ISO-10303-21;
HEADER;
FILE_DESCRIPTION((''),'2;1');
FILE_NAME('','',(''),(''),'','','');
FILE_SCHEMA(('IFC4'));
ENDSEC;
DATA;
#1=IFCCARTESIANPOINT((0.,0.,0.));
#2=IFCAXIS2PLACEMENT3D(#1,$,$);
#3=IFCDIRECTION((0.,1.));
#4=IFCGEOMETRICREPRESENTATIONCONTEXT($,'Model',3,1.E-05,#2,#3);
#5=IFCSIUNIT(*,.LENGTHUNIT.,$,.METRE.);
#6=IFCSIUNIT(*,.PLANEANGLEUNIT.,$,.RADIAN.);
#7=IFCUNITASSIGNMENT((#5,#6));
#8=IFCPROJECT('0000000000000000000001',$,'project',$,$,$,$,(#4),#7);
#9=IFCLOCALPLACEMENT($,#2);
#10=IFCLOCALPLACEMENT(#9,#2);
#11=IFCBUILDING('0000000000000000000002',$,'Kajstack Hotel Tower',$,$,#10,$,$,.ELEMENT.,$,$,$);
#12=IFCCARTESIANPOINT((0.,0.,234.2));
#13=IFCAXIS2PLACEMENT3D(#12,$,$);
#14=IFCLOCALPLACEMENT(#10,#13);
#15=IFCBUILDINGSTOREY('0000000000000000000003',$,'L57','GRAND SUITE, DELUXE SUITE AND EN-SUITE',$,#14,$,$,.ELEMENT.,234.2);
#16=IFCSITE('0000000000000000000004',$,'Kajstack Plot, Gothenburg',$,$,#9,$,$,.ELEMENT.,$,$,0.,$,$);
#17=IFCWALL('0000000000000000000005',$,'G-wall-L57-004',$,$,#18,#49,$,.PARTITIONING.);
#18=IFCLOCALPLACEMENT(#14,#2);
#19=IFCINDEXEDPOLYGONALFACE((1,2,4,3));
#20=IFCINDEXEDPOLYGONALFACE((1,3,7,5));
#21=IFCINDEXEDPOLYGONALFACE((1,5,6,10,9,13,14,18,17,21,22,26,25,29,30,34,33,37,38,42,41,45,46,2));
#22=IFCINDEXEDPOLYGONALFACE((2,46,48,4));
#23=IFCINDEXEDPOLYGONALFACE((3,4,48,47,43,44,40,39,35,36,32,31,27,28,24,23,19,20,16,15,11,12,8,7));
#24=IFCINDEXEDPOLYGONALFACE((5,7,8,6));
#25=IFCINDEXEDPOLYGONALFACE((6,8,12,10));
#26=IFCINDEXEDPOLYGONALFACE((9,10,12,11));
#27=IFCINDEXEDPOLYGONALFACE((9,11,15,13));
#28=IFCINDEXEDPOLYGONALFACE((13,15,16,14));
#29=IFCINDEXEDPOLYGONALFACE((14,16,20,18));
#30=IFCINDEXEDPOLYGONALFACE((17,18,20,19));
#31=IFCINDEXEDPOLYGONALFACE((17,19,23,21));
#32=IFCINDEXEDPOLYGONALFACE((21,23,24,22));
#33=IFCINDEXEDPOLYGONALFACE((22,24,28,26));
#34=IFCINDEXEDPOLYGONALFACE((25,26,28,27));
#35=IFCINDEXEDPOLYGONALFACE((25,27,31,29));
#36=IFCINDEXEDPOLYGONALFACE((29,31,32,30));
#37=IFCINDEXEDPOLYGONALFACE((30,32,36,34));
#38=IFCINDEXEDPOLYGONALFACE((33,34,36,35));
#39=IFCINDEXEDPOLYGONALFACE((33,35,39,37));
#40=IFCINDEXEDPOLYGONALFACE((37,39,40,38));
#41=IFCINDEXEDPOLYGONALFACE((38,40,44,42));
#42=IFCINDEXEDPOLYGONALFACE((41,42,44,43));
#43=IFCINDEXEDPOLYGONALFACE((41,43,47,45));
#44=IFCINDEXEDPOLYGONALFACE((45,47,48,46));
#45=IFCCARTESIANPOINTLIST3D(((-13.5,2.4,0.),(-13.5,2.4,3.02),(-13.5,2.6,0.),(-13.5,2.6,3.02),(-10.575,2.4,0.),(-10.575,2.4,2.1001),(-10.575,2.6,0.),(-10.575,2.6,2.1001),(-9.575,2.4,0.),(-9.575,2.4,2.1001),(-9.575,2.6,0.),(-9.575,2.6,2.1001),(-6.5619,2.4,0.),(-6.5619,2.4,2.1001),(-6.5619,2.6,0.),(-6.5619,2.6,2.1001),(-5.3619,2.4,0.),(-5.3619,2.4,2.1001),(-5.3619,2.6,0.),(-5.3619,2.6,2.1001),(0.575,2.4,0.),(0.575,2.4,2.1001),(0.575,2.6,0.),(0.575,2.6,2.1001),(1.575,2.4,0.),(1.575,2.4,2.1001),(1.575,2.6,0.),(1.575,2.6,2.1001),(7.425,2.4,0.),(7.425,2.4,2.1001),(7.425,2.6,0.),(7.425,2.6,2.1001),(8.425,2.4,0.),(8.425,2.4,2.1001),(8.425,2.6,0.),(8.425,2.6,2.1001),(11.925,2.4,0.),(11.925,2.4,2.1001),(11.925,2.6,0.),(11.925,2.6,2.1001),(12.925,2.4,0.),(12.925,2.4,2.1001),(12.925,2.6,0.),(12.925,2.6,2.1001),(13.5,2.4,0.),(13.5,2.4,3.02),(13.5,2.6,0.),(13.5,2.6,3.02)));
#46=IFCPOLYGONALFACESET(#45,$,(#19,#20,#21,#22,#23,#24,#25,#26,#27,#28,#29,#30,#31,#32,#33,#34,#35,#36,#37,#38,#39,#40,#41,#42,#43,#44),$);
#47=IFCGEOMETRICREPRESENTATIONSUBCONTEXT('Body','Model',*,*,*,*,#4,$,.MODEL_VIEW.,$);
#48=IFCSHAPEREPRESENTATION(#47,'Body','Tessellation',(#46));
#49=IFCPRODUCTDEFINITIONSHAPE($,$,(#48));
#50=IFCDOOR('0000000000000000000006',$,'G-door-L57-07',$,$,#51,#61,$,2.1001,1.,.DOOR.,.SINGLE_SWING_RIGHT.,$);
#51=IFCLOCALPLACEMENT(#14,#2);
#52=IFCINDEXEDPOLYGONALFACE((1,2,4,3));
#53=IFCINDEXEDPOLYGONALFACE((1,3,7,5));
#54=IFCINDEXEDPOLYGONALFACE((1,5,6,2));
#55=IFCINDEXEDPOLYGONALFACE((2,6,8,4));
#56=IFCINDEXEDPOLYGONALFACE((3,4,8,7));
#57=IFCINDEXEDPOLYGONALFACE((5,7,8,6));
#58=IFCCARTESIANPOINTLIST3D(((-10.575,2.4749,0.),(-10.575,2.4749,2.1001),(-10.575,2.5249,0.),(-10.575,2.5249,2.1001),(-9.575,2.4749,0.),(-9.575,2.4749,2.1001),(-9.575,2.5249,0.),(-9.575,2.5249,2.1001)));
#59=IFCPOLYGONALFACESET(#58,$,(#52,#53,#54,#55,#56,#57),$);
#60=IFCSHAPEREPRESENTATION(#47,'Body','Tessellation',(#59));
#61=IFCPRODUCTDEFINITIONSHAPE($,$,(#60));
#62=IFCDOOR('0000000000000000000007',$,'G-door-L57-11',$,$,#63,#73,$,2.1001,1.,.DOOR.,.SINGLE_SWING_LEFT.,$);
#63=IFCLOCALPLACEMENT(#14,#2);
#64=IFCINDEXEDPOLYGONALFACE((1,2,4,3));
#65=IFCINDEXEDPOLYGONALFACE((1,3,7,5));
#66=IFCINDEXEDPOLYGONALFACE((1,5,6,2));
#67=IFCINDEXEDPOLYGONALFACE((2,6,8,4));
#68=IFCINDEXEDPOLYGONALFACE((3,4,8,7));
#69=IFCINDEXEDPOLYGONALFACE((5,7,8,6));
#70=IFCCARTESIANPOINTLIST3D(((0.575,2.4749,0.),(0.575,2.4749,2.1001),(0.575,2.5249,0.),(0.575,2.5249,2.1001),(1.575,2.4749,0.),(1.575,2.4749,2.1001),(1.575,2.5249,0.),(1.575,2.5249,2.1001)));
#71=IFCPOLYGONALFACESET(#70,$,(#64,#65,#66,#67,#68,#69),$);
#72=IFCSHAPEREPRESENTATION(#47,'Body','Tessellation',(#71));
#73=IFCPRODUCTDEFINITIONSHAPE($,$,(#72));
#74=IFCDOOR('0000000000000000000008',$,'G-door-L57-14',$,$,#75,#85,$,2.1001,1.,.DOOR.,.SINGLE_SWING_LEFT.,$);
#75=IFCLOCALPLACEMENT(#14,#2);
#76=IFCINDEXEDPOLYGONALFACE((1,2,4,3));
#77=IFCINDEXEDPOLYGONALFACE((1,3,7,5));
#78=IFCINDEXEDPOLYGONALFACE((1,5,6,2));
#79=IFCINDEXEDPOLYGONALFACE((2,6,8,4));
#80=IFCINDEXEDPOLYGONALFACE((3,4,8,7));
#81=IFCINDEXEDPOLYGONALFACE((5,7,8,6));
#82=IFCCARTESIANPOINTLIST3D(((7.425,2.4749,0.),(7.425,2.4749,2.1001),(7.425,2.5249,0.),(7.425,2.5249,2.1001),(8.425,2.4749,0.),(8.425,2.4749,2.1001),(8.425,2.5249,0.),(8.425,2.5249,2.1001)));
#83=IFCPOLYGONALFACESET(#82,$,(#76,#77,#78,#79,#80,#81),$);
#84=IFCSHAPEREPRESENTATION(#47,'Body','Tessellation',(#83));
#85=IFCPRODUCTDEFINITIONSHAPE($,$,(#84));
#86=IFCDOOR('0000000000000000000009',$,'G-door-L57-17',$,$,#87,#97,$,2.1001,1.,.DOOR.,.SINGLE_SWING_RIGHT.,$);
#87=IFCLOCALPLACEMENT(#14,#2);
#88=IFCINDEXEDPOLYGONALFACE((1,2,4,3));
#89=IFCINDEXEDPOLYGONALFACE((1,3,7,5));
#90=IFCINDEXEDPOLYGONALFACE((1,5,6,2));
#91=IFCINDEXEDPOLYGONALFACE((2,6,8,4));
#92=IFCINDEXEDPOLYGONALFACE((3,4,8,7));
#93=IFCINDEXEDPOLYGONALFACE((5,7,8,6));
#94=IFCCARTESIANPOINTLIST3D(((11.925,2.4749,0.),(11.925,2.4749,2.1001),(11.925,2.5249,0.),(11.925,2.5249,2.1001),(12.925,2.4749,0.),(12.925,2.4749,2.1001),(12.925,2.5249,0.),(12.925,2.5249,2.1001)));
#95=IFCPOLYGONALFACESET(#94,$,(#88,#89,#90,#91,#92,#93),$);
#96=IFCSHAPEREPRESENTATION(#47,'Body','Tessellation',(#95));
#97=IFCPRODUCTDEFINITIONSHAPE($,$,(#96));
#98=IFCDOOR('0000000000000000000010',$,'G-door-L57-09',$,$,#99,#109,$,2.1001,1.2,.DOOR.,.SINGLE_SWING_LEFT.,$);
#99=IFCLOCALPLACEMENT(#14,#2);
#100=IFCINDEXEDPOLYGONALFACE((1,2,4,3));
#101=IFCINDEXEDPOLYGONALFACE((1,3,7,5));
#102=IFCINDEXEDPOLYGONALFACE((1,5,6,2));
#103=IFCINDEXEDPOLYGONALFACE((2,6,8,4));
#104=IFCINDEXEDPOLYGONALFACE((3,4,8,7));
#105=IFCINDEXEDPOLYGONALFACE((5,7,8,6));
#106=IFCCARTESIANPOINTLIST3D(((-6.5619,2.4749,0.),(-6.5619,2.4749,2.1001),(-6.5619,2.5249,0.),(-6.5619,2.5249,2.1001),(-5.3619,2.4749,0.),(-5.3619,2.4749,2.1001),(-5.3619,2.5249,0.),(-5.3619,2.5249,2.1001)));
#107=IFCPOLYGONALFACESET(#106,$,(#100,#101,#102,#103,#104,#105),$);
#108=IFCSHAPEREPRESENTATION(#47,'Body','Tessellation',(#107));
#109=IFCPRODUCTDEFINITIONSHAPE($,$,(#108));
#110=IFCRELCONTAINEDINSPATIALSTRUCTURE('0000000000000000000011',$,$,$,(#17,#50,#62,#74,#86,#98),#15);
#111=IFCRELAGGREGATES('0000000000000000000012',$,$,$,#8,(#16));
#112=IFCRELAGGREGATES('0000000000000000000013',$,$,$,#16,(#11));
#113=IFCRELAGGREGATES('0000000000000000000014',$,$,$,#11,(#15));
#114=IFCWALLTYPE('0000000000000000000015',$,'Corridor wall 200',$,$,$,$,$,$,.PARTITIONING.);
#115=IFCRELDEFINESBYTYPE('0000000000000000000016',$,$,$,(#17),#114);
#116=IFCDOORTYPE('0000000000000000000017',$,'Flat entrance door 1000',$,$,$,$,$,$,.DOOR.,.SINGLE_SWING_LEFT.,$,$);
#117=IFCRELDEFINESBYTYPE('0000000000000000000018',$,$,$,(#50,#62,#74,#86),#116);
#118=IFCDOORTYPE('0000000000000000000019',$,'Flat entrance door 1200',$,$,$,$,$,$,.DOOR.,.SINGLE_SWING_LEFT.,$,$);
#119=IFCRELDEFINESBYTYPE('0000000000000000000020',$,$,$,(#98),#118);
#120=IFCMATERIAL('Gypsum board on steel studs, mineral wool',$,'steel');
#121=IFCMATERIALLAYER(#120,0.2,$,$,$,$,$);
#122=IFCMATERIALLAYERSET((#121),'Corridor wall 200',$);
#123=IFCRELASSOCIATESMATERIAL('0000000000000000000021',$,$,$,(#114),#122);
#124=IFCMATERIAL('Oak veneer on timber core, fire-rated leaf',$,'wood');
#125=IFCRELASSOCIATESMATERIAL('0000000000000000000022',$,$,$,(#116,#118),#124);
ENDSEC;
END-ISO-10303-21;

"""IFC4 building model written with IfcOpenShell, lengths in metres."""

from ifc_helpers import new_model, si_unit, direction, frame, frame_2d, origin, place, context, subcontext, project, spatial, rectangle, extrude, material, layer, layer_set, type_object, element, fill, save


model = new_model("IFC4")

# Units and contexts
model_context = context("Model", 3, precision=1e-05, world=origin(), true_north=direction((0.0, 1.0)))
body_context = subcontext(model_context, "Body", "Model", "MODEL_VIEW")
ifc_project = project(units=[si_unit("LENGTHUNIT", "METRE"), si_unit("PLANEANGLEUNIT", "RADIAN")], contexts=[model_context])

# Site, building, storey
site_placement = place(None, origin())
site = spatial("IfcSite", under=ifc_project, at=site_placement, Name="Kajstack Plot, Gothenburg", CompositionType="ELEMENT", RefElevation=0.0)
building_placement = place(site_placement, origin())
building = spatial("IfcBuilding", under=site, at=building_placement, Name="Kajstack Hotel Tower", CompositionType="ELEMENT")
storey_placement = place(building_placement, frame((0.0, 0.0, 234.2)))
storey = spatial("IfcBuildingStorey", under=building, at=storey_placement, Name="L57", Description="GRAND SUITE, DELUXE SUITE AND EN-SUITE", CompositionType="ELEMENT", Elevation=234.2)

# Wall, openings, doors
ifc_material_1 = material(Name="Gypsum board on steel studs, mineral wool", Category="steel")
ifc_layer_1 = layer(ifc_material_1, 0.2)
ifc_layer_set_1 = layer_set([ifc_layer_1], Name="Corridor wall 200")
wall_type_1 = type_object("IfcWallType", Name="Corridor wall 200", PredefinedType="PARTITIONING", material=ifc_layer_set_1)
wall_1_placement = place(storey_placement, frame((-13.5, 2.5, 0.0), z_axis=(0.0, 0.0, 1.0), x_axis=(1.0, 0.0, 0.0)))
wall_1 = element("IfcWall", 1, at=wall_1_placement, inside=storey, type_object=wall_type_1, Name="G-wall-L57-004", PredefinedType="PARTITIONING", context=body_context, shape_type="SweptSolid", body=[
    extrude(rectangle(XDim=27.0, YDim=0.2, at=frame_2d((13.5, 0.0))), origin(), (0.0, 0.0, 1.0), 3.02),
])
opening_1_placement = place(wall_1_placement, frame((2.925, 0.0, 0.0)))
opening_1 = element("IfcOpeningElement", 2, at=opening_1_placement, cuts=wall_1, PredefinedType="OPENING", context=body_context, shape_type="SweptSolid", body=[
    extrude(rectangle(XDim=1.0, YDim=2.1001, at=frame_2d((0.5, 1.05))), frame((0.0, 0.1099, 0.0), z_axis=(0.0, -1.0, 0.0), x_axis=(1.0, 0.0, 0.0)), (0.0, 0.0, 1.0), 0.22),
])
opening_2_placement = place(wall_1_placement, frame((6.938, 0.0, 0.0)))
opening_2 = element("IfcOpeningElement", 3, at=opening_2_placement, cuts=wall_1, PredefinedType="OPENING", context=body_context, shape_type="SweptSolid", body=[
    extrude(rectangle(XDim=1.2, YDim=2.1001, at=frame_2d((0.6001, 1.05))), frame((0.0, 0.1099, 0.0), z_axis=(0.0, -1.0, 0.0), x_axis=(1.0, 0.0, 0.0)), (0.0, 0.0, 1.0), 0.22),
])
opening_3_placement = place(wall_1_placement, frame((14.075, 0.0, 0.0)))
opening_3 = element("IfcOpeningElement", 4, at=opening_3_placement, cuts=wall_1, PredefinedType="OPENING", context=body_context, shape_type="SweptSolid", body=[
    extrude(rectangle(XDim=1.0, YDim=2.1001, at=frame_2d((0.5, 1.05))), frame((0.0, 0.1099, 0.0), z_axis=(0.0, -1.0, 0.0), x_axis=(1.0, 0.0, 0.0)), (0.0, 0.0, 1.0), 0.22),
])
opening_4_placement = place(wall_1_placement, frame((20.925, 0.0, 0.0)))
opening_4 = element("IfcOpeningElement", 5, at=opening_4_placement, cuts=wall_1, PredefinedType="OPENING", context=body_context, shape_type="SweptSolid", body=[
    extrude(rectangle(XDim=1.0, YDim=2.1001, at=frame_2d((0.5, 1.05))), frame((0.0, 0.1099, 0.0), z_axis=(0.0, -1.0, 0.0), x_axis=(1.0, 0.0, 0.0)), (0.0, 0.0, 1.0), 0.22),
])
opening_5_placement = place(wall_1_placement, frame((25.425, 0.0, 0.0)))
opening_5 = element("IfcOpeningElement", 6, at=opening_5_placement, cuts=wall_1, PredefinedType="OPENING", context=body_context, shape_type="SweptSolid", body=[
    extrude(rectangle(XDim=1.0, YDim=2.1001, at=frame_2d((0.5, 1.05))), frame((0.0, 0.1099, 0.0), z_axis=(0.0, -1.0, 0.0), x_axis=(1.0, 0.0, 0.0)), (0.0, 0.0, 1.0), 0.22),
])
ifc_material_2 = material(Name="Oak veneer on timber core, fire-rated leaf", Category="wood")
door_type_1 = type_object("IfcDoorType", Name="Flat entrance door 1000", OperationType="SINGLE_SWING_LEFT", PredefinedType="DOOR", material=ifc_material_2)
door_1_placement = place(opening_1_placement, origin())
door_1 = element("IfcDoor", 7, at=door_1_placement, inside=storey, type_object=door_type_1, Name="G-door-L57-07", OperationType="SINGLE_SWING_RIGHT", OverallHeight=2.1001, OverallWidth=1.0, PredefinedType="DOOR", context=body_context, shape_type="SweptSolid", body=[
    extrude(rectangle(XDim=1.0, YDim=2.1001, at=frame_2d((0.5, 1.05))), frame((0.0, 0.0249, 0.0), z_axis=(0.0, -1.0, 0.0), x_axis=(1.0, 0.0, 0.0)), (0.0, 0.0, 1.0), 0.05),
])
fill(opening_1, door_1)
door_2_placement = place(opening_3_placement, origin())
door_2 = element("IfcDoor", 8, at=door_2_placement, inside=storey, type_object=door_type_1, Name="G-door-L57-11", OperationType="SINGLE_SWING_LEFT", OverallHeight=2.1001, OverallWidth=1.0, PredefinedType="DOOR", context=body_context, shape_type="SweptSolid", body=[
    extrude(rectangle(XDim=1.0, YDim=2.1001, at=frame_2d((0.5, 1.05))), frame((0.0, 0.0249, 0.0), z_axis=(0.0, -1.0, 0.0), x_axis=(1.0, 0.0, 0.0)), (0.0, 0.0, 1.0), 0.05),
])
fill(opening_3, door_2)
door_3_placement = place(opening_4_placement, origin())
door_3 = element("IfcDoor", 9, at=door_3_placement, inside=storey, type_object=door_type_1, Name="G-door-L57-14", OperationType="SINGLE_SWING_LEFT", OverallHeight=2.1001, OverallWidth=1.0, PredefinedType="DOOR", context=body_context, shape_type="SweptSolid", body=[
    extrude(rectangle(XDim=1.0, YDim=2.1001, at=frame_2d((0.5, 1.05))), frame((0.0, 0.0249, 0.0), z_axis=(0.0, -1.0, 0.0), x_axis=(1.0, 0.0, 0.0)), (0.0, 0.0, 1.0), 0.05),
])
fill(opening_4, door_3)
door_4_placement = place(opening_5_placement, origin())
door_4 = element("IfcDoor", 10, at=door_4_placement, inside=storey, type_object=door_type_1, Name="G-door-L57-17", OperationType="SINGLE_SWING_RIGHT", OverallHeight=2.1001, OverallWidth=1.0, PredefinedType="DOOR", context=body_context, shape_type="SweptSolid", body=[
    extrude(rectangle(XDim=1.0, YDim=2.1001, at=frame_2d((0.5, 1.05))), frame((0.0, 0.0249, 0.0), z_axis=(0.0, -1.0, 0.0), x_axis=(1.0, 0.0, 0.0)), (0.0, 0.0, 1.0), 0.05),
])
fill(opening_5, door_4)
door_type_2 = type_object("IfcDoorType", Name="Flat entrance door 1200", OperationType="SINGLE_SWING_LEFT", PredefinedType="DOOR", material=ifc_material_2)
door_5_placement = place(opening_2_placement, origin())
door_5 = element("IfcDoor", 11, at=door_5_placement, inside=storey, type_object=door_type_2, Name="G-door-L57-09", OperationType="SINGLE_SWING_LEFT", OverallHeight=2.1001, OverallWidth=1.2, PredefinedType="DOOR", context=body_context, shape_type="SweptSolid", body=[
    extrude(rectangle(XDim=1.2, YDim=2.1001, at=frame_2d((0.6001, 1.05))), frame((0.0, 0.0249, 0.0), z_axis=(0.0, -1.0, 0.0), x_axis=(1.0, 0.0, 0.0)), (0.0, 0.0, 1.0), 0.05),
])
fill(opening_2, door_5)

save(model, "model.ifc")
